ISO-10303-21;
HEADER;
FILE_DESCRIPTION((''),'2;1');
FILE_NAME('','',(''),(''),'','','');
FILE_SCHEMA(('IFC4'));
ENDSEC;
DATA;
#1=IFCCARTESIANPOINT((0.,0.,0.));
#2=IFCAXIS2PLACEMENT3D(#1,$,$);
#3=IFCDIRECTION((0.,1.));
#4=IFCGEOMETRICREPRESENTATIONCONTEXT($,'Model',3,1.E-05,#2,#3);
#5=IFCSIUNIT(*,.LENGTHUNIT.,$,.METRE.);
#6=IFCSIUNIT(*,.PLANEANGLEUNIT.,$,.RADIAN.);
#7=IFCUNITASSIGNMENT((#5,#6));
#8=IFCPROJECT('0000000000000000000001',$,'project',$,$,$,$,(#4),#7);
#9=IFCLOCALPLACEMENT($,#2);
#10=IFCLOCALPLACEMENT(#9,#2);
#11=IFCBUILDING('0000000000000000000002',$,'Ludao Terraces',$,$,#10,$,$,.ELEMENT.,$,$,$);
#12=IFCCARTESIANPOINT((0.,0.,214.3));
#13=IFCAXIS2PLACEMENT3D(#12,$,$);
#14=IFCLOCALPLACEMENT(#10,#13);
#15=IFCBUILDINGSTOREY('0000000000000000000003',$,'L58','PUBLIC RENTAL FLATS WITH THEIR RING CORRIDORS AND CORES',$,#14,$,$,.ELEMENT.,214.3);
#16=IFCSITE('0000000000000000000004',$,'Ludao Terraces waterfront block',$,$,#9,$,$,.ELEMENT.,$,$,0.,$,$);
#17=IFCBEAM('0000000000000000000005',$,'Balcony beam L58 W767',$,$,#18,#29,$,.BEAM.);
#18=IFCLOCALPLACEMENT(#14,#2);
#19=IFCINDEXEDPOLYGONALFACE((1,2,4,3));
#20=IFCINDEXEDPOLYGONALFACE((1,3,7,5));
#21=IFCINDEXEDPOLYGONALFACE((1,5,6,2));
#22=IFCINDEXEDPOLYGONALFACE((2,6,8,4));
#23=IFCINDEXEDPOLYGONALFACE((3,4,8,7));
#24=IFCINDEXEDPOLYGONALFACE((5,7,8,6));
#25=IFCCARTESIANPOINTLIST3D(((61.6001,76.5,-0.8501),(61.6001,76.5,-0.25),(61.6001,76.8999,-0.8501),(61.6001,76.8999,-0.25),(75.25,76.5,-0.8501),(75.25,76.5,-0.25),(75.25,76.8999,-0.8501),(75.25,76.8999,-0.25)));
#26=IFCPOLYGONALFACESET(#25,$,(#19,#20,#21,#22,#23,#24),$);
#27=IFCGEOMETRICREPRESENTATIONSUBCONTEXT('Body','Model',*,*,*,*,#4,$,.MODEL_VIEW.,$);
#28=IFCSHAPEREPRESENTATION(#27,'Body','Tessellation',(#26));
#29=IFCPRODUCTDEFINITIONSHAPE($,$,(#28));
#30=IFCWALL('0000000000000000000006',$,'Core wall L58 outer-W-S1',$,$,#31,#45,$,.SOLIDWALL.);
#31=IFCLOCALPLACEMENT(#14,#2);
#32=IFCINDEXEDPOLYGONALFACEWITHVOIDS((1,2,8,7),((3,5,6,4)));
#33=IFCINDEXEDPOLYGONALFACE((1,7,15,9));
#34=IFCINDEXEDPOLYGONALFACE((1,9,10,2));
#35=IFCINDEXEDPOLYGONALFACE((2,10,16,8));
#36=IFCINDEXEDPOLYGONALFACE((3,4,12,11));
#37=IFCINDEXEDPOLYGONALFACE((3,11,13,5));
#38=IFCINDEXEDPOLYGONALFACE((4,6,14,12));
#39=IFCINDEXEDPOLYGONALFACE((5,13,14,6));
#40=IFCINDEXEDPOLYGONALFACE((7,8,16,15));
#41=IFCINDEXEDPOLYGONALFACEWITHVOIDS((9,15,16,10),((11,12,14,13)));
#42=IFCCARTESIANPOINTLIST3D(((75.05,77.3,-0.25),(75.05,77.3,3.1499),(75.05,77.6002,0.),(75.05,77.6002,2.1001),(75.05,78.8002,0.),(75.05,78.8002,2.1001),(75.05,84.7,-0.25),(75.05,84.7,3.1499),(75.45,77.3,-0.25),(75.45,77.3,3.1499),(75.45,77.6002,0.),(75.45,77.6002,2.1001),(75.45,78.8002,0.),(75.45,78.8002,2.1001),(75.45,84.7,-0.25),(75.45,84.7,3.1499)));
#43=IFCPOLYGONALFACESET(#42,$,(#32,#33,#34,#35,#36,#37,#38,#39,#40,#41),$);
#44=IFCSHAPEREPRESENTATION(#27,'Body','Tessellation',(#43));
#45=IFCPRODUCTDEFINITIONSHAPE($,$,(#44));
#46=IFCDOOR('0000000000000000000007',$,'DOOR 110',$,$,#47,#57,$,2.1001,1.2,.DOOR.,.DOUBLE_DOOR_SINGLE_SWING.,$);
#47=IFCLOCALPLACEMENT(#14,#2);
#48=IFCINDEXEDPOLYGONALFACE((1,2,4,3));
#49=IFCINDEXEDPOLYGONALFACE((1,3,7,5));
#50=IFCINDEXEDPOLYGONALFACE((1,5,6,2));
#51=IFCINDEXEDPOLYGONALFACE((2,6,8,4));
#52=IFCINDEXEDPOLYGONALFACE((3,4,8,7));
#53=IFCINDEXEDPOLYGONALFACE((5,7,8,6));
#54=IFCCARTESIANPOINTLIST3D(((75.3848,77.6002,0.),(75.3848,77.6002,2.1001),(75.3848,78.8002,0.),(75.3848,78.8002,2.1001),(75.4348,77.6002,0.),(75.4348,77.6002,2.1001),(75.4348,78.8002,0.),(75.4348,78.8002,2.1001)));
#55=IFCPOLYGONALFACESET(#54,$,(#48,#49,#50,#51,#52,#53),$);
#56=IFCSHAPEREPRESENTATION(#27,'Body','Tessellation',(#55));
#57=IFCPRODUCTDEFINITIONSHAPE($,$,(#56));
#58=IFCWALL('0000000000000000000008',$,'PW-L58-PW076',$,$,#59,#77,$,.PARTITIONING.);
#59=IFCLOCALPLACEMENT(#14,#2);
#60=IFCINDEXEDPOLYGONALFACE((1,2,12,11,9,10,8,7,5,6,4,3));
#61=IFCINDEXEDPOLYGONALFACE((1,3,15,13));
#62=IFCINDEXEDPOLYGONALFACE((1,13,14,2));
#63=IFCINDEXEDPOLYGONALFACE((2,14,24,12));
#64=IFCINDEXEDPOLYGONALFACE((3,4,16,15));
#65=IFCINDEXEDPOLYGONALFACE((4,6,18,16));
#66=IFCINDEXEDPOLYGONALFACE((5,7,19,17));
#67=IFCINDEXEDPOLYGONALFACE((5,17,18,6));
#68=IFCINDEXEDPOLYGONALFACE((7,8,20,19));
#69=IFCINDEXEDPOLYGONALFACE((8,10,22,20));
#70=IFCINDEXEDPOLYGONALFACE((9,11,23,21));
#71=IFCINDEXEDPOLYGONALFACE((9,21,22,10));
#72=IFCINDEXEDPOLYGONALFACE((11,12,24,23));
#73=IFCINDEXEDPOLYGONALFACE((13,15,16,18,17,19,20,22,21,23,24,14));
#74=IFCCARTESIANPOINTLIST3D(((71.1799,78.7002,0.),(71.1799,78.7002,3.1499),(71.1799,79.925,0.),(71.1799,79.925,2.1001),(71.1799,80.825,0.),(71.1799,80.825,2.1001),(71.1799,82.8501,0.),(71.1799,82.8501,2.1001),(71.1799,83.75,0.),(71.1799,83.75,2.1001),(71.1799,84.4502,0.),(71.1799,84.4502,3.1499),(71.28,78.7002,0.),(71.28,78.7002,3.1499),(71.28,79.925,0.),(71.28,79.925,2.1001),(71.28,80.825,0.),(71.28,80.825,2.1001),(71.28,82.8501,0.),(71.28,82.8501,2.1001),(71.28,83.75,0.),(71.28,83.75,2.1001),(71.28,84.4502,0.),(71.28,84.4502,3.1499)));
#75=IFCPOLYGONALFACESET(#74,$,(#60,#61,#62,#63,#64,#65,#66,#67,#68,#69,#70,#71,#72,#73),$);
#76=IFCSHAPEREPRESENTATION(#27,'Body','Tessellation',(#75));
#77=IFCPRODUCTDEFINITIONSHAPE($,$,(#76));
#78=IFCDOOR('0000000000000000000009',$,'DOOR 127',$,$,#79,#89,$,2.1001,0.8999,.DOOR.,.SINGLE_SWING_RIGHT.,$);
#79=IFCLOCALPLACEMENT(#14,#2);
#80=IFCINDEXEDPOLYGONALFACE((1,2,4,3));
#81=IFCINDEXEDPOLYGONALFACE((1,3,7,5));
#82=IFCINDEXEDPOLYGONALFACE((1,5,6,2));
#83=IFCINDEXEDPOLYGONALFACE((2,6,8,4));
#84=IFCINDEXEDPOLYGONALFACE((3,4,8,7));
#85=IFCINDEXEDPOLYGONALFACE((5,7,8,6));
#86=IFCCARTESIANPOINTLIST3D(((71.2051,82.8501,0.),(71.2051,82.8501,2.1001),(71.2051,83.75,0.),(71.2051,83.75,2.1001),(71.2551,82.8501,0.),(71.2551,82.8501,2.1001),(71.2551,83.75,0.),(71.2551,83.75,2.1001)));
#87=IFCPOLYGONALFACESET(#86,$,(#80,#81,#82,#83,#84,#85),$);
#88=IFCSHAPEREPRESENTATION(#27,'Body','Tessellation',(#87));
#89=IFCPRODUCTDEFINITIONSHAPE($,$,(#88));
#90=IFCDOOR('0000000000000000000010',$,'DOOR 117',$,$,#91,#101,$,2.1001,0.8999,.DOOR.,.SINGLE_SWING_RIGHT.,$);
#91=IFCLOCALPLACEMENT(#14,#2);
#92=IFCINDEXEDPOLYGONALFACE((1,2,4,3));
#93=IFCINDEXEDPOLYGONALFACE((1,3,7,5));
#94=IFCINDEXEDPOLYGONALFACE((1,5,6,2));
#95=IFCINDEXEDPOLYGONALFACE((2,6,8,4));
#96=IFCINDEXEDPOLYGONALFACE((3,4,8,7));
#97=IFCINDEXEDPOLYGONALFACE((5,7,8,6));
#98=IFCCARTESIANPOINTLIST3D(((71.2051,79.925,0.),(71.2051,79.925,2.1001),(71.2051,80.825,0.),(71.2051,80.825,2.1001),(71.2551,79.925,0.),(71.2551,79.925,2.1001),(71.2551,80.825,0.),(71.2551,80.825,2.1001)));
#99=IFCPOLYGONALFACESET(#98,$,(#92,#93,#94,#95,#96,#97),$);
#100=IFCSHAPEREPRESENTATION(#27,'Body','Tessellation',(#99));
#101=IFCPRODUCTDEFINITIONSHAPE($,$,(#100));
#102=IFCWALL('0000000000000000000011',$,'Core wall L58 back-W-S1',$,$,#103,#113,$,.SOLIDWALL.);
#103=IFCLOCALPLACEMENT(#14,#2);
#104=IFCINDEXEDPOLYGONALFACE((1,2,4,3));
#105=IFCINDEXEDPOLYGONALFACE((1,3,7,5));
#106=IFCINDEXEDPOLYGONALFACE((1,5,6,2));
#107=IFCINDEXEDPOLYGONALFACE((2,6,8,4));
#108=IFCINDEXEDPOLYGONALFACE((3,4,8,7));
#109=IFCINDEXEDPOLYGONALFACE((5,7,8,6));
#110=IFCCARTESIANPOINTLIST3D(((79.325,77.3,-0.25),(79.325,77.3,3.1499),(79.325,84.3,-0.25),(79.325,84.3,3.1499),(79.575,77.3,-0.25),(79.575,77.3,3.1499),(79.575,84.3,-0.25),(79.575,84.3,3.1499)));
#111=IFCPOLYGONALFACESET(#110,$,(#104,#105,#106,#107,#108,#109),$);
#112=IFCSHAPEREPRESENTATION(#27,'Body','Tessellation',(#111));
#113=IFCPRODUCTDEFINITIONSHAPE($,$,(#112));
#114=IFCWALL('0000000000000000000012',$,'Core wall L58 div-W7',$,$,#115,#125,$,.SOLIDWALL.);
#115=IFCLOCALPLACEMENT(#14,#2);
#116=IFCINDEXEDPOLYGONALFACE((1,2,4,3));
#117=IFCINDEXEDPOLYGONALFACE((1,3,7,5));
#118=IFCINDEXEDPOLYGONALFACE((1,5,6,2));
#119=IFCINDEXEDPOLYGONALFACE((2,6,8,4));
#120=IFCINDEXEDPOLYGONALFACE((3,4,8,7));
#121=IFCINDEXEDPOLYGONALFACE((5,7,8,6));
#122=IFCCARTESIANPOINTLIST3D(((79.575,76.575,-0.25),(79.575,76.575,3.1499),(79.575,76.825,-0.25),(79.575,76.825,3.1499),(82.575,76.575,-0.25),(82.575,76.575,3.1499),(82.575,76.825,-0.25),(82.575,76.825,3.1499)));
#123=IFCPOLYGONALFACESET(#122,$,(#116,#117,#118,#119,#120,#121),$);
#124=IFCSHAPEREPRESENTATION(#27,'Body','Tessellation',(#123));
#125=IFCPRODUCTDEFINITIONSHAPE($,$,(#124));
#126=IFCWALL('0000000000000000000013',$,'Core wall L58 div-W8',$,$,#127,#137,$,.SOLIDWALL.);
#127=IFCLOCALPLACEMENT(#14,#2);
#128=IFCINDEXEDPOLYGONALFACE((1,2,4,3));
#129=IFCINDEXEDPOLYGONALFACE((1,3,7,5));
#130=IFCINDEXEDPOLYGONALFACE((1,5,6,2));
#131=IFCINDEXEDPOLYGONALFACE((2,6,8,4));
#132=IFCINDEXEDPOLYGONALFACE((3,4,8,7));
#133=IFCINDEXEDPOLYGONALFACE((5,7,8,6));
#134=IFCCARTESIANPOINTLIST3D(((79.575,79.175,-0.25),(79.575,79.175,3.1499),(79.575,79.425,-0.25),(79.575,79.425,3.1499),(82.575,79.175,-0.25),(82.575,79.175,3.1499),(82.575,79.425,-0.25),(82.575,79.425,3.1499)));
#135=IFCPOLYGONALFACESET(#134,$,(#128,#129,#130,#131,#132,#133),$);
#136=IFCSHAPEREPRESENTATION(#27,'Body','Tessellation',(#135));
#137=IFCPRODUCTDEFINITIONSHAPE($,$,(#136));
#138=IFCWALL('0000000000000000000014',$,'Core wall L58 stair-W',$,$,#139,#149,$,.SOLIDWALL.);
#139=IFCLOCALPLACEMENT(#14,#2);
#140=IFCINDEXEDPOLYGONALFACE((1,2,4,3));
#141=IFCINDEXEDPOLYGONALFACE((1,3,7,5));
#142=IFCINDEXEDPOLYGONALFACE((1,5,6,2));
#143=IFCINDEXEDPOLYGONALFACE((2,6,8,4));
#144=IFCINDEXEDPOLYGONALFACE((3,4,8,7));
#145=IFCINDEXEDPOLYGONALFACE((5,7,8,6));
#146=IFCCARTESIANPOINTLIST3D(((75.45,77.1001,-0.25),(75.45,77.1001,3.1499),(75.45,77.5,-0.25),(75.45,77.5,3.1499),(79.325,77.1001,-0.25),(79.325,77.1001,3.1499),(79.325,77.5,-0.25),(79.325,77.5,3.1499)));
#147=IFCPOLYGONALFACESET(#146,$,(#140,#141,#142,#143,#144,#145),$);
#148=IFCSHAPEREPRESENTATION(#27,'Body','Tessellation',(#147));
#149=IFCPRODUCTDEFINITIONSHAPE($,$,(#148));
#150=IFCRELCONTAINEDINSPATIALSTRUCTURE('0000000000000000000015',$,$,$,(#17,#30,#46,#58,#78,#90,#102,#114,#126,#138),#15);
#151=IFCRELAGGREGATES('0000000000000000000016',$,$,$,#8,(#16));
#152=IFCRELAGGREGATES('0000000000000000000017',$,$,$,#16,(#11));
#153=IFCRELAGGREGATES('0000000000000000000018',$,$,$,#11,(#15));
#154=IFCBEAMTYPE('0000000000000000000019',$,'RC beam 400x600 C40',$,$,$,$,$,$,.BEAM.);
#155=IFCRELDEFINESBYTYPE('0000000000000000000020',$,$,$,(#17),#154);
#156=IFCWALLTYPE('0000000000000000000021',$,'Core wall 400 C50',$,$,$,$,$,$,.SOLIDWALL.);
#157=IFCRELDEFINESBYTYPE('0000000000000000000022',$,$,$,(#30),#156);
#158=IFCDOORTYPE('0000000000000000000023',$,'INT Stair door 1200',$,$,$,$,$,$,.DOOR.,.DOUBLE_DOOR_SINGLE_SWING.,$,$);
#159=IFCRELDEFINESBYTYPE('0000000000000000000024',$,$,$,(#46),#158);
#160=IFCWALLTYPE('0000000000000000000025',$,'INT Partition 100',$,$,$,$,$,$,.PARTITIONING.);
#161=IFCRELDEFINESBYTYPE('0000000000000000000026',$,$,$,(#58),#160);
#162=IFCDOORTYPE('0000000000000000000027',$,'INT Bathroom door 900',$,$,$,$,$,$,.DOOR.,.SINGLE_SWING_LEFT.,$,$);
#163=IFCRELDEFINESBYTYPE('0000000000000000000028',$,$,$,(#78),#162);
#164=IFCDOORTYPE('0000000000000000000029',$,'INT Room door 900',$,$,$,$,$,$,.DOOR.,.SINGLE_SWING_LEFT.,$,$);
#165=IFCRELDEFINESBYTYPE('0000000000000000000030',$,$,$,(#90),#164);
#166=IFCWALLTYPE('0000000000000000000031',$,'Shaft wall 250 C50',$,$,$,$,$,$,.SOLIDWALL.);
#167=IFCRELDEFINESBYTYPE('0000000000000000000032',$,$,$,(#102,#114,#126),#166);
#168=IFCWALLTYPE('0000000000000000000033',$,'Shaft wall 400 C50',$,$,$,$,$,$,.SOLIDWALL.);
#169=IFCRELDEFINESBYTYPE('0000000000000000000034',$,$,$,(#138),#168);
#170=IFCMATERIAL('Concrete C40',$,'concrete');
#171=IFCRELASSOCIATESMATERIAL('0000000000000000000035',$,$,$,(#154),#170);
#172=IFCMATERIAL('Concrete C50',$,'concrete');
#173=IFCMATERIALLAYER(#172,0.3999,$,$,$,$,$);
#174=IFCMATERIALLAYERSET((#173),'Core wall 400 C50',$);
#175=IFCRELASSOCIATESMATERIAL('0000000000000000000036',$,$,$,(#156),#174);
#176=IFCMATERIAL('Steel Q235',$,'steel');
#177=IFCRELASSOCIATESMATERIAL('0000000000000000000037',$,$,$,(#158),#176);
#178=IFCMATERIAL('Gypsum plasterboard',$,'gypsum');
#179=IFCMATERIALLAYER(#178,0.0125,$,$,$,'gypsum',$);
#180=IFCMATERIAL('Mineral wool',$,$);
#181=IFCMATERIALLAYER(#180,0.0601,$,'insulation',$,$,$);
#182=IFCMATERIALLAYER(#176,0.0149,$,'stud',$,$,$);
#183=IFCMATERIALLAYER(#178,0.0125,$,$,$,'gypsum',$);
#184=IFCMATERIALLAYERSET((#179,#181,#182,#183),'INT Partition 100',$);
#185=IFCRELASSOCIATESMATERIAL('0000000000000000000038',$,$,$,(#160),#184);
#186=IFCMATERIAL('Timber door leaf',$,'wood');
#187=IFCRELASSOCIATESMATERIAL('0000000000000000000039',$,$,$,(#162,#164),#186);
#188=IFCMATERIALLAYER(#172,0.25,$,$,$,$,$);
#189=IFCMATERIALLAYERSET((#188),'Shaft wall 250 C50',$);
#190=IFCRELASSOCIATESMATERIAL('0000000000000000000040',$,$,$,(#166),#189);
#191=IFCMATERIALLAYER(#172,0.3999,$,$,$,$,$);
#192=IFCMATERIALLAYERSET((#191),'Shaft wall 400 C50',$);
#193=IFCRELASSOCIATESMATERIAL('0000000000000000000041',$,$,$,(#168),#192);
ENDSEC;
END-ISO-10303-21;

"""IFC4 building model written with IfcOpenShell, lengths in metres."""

from ifc_helpers import new_model, si_unit, direction, frame, frame_2d, origin, origin_2d, place, context, subcontext, project, spatial, rectangle, extrude, material, layer, layer_set, material_profile, profile_set, type_object, element, fill, save


model = new_model("IFC4")

# Units and contexts
model_context = context("Model", 3, precision=1e-05, world=origin(), true_north=direction((0.0, 1.0)))
body_context = subcontext(model_context, "Body", "Model", "MODEL_VIEW")
ifc_project = project(units=[si_unit("LENGTHUNIT", "METRE"), si_unit("PLANEANGLEUNIT", "RADIAN")], contexts=[model_context])

# Site, building, storey
site_placement = place(None, origin())
site = spatial("IfcSite", under=ifc_project, at=site_placement, Name="Ludao Terraces waterfront block", CompositionType="ELEMENT", RefElevation=0.0)
building_placement = place(site_placement, origin())
building = spatial("IfcBuilding", under=site, at=building_placement, Name="Ludao Terraces", CompositionType="ELEMENT")
storey_placement = place(building_placement, frame((0.0, 0.0, 214.3)))
storey = spatial("IfcBuildingStorey", under=building, at=storey_placement, Name="L58", Description="PUBLIC RENTAL FLATS WITH THEIR RING CORRIDORS AND CORES", CompositionType="ELEMENT", Elevation=214.3)

# Beam
ifc_material_1 = material(Name="Concrete C40", Category="concrete")
ifc_material_profile = material_profile(ifc_material_1, rectangle(XDim=0.3999, YDim=0.6001, at=origin_2d()), Name="400 X 600")
ifc_profile_set = profile_set([ifc_material_profile], Name="Concrete C40")
beam_type = type_object("IfcBeamType", Name="RC beam 400x600 C40", PredefinedType="BEAM", material=ifc_profile_set)
beam_placement = place(storey_placement, frame((75.25, 76.7, -0.55), z_axis=(-1.0, 0.0, 0.0), x_axis=(0.0, -1.0, 0.0)))
element("IfcBeam", 1, at=beam_placement, inside=storey, type_object=beam_type, Name="Balcony beam L58 W767", PredefinedType="BEAM", context=body_context, shape_type="SweptSolid", body=[
    extrude(rectangle(XDim=0.3999, YDim=0.6001, at=origin_2d()), origin(), (0.0, 0.0, 1.0), 13.6499),
])

# Wall, opening, door
ifc_material_2 = material(Name="Concrete C50", Category="concrete")
ifc_layer_1 = layer(ifc_material_2, 0.3999)
ifc_layer_set_1 = layer_set([ifc_layer_1], Name="Core wall 400 C50")
wall_type_1 = type_object("IfcWallType", Name="Core wall 400 C50", PredefinedType="SOLIDWALL", material=ifc_layer_set_1)
wall_1_placement = place(storey_placement, frame((75.25, 77.3, -0.25), z_axis=(0.0, 0.0, 1.0), x_axis=(0.0, 1.0, 0.0)))
wall_1 = element("IfcWall", 2, at=wall_1_placement, inside=storey, type_object=wall_type_1, Name="Core wall L58 outer-W-S1", PredefinedType="SOLIDWALL", context=body_context, shape_type="SweptSolid", body=[
    extrude(rectangle(XDim=7.3999, YDim=0.3999, at=frame_2d((3.7, 0.0))), origin(), (0.0, 0.0, 1.0), 3.3999),
])
opening_1_placement = place(wall_1_placement, frame((0.3, 0.0, 0.25)))
opening_1 = element("IfcOpeningElement", 3, at=opening_1_placement, cuts=wall_1, PredefinedType="OPENING", context=body_context, shape_type="SweptSolid", body=[
    extrude(rectangle(XDim=1.2, YDim=2.1001, at=frame_2d((0.6001, 1.05))), frame((0.0, 0.21, 0.0), z_axis=(0.0, -1.0, 0.0), x_axis=(1.0, 0.0, 0.0)), (0.0, 0.0, 1.0), 0.4199),
])
ifc_material_3 = material(Name="Steel Q235", Category="steel")
door_type_1 = type_object("IfcDoorType", Name="INT Stair door 1200", OperationType="DOUBLE_DOOR_SINGLE_SWING", PredefinedType="DOOR", material=ifc_material_3)
door_1_placement = place(opening_1_placement, origin())
door_1 = element("IfcDoor", 4, at=door_1_placement, inside=storey, type_object=door_type_1, Name="DOOR 110", OperationType="DOUBLE_DOOR_SINGLE_SWING", OverallHeight=2.1001, OverallWidth=1.2, PredefinedType="DOOR", context=body_context, shape_type="SweptSolid", body=[
    extrude(rectangle(XDim=1.2, YDim=2.1001, at=frame_2d((0.6001, 1.05))), frame((0.0, -0.1348, 0.0), z_axis=(0.0, -1.0, 0.0), x_axis=(1.0, 0.0, 0.0)), (0.0, 0.0, 1.0), 0.05),
])
fill(opening_1, door_1)

# Wall, openings, doors
ifc_material_4 = material(Name="Gypsum plasterboard", Category="gypsum")
ifc_layer_2 = layer(ifc_material_4, 0.0125, Category="gypsum")
ifc_material_5 = material(Name="Mineral wool")
ifc_layer_3 = layer(ifc_material_5, 0.0601, Name="insulation")
ifc_layer_4 = layer(ifc_material_3, 0.0149, Name="stud")
ifc_layer_5 = layer(ifc_material_4, 0.0125, Category="gypsum")
ifc_layer_set_2 = layer_set([ifc_layer_2, ifc_layer_3, ifc_layer_4, ifc_layer_5], Name="INT Partition 100")
wall_type_2 = type_object("IfcWallType", Name="INT Partition 100", PredefinedType="PARTITIONING", material=ifc_layer_set_2)
wall_2_placement = place(storey_placement, frame((71.23, 78.7002, 0.0), z_axis=(0.0, 0.0, 1.0), x_axis=(0.0, 1.0, 0.0)))
wall_2 = element("IfcWall", 5, at=wall_2_placement, inside=storey, type_object=wall_type_2, Name="PW-L58-PW076", PredefinedType="PARTITIONING", context=body_context, shape_type="SweptSolid", body=[
    extrude(rectangle(XDim=5.75, YDim=0.1001, at=frame_2d((2.875, 0.0))), origin(), (0.0, 0.0, 1.0), 3.1499),
])
opening_2_placement = place(wall_2_placement, frame((1.2249, 0.0, 0.0)))
opening_2 = element("IfcOpeningElement", 6, at=opening_2_placement, cuts=wall_2, PredefinedType="OPENING", context=body_context, shape_type="SweptSolid", body=[
    extrude(rectangle(XDim=0.8999, YDim=2.1001, at=frame_2d((0.45, 1.05))), frame((0.0, 0.0601, 0.0), z_axis=(0.0, -1.0, 0.0), x_axis=(1.0, 0.0, 0.0)), (0.0, 0.0, 1.0), 0.1201),
])
opening_3_placement = place(wall_2_placement, frame((4.1499, 0.0, 0.0)))
opening_3 = element("IfcOpeningElement", 7, at=opening_3_placement, cuts=wall_2, PredefinedType="OPENING", context=body_context, shape_type="SweptSolid", body=[
    extrude(rectangle(XDim=0.8999, YDim=2.1001, at=frame_2d((0.45, 1.05))), frame((0.0, 0.0601, 0.0), z_axis=(0.0, -1.0, 0.0), x_axis=(1.0, 0.0, 0.0)), (0.0, 0.0, 1.0), 0.1201),
])
ifc_material_6 = material(Name="Timber door leaf", Category="wood")
door_type_2 = type_object("IfcDoorType", Name="INT Bathroom door 900", OperationType="SINGLE_SWING_LEFT", PredefinedType="DOOR", material=ifc_material_6)
door_2_placement = place(opening_3_placement, origin())
door_2 = element("IfcDoor", 8, at=door_2_placement, inside=storey, type_object=door_type_2, Name="DOOR 127", OperationType="SINGLE_SWING_RIGHT", OverallHeight=2.1001, OverallWidth=0.8999, PredefinedType="DOOR", context=body_context, shape_type="SweptSolid", body=[
    extrude(rectangle(XDim=0.8999, YDim=2.1001, at=frame_2d((0.45, 1.05))), frame((0.0, 0.0249, 0.0), z_axis=(0.0, -1.0, 0.0), x_axis=(1.0, 0.0, 0.0)), (0.0, 0.0, 1.0), 0.05),
])
fill(opening_3, door_2)
door_type_3 = type_object("IfcDoorType", Name="INT Room door 900", OperationType="SINGLE_SWING_LEFT", PredefinedType="DOOR", material=ifc_material_6)
door_3_placement = place(opening_2_placement, origin())
door_3 = element("IfcDoor", 9, at=door_3_placement, inside=storey, type_object=door_type_3, Name="DOOR 117", OperationType="SINGLE_SWING_RIGHT", OverallHeight=2.1001, OverallWidth=0.8999, PredefinedType="DOOR", context=body_context, shape_type="SweptSolid", body=[
    extrude(rectangle(XDim=0.8999, YDim=2.1001, at=frame_2d((0.45, 1.05))), frame((0.0, 0.0249, 0.0), z_axis=(0.0, -1.0, 0.0), x_axis=(1.0, 0.0, 0.0)), (0.0, 0.0, 1.0), 0.05),
])
fill(opening_2, door_3)

# Walls
ifc_layer_6 = layer(ifc_material_2, 0.25)
ifc_layer_set_3 = layer_set([ifc_layer_6], Name="Shaft wall 250 C50")
wall_type_3 = type_object("IfcWallType", Name="Shaft wall 250 C50", PredefinedType="SOLIDWALL", material=ifc_layer_set_3)
wall_3_placement = place(storey_placement, frame((79.45, 77.3, -0.25), z_axis=(0.0, 0.0, 1.0), x_axis=(0.0, 1.0, 0.0)))
element("IfcWall", 10, at=wall_3_placement, inside=storey, type_object=wall_type_3, Name="Core wall L58 back-W-S1", PredefinedType="SOLIDWALL", context=body_context, shape_type="SweptSolid", body=[
    extrude(rectangle(XDim=7.0, YDim=0.25, at=frame_2d((3.5, 0.0))), origin(), (0.0, 0.0, 1.0), 3.3999),
])
for number, where, z_axis, x_axis, name in (
    (11, (79.575, 76.7, -0.25), (0.0, 0.0, 1.0), (1.0, 0.0, 0.0), "Core wall L58 div-W7"),
    (12, (79.575, 79.3, -0.25), (0.0, 0.0, 1.0), (1.0, 0.0, 0.0), "Core wall L58 div-W8"),
):
    element("IfcWall", number, at=place(storey_placement, frame(where, z_axis=z_axis, x_axis=x_axis)), inside=storey, type_object=wall_type_3, Name=name, PredefinedType="SOLIDWALL", context=body_context, shape_type="SweptSolid", body=[
        extrude(rectangle(XDim=3.0, YDim=0.25, at=frame_2d((1.5, 0.0))), origin(), (0.0, 0.0, 1.0), 3.3999),
    ])
ifc_layer_7 = layer(ifc_material_2, 0.3999)
ifc_layer_set_4 = layer_set([ifc_layer_7], Name="Shaft wall 400 C50")
wall_type_4 = type_object("IfcWallType", Name="Shaft wall 400 C50", PredefinedType="SOLIDWALL", material=ifc_layer_set_4)
wall_4_placement = place(storey_placement, frame((75.45, 77.3, -0.25), z_axis=(0.0, 0.0, 1.0), x_axis=(1.0, 0.0, 0.0)))
element("IfcWall", 13, at=wall_4_placement, inside=storey, type_object=wall_type_4, Name="Core wall L58 stair-W", PredefinedType="SOLIDWALL", context=body_context, shape_type="SweptSolid", body=[
    extrude(rectangle(XDim=3.875, YDim=0.3999, at=frame_2d((1.9375, 0.0))), origin(), (0.0, 0.0, 1.0), 3.3999),
])

save(model, "model.ifc")
